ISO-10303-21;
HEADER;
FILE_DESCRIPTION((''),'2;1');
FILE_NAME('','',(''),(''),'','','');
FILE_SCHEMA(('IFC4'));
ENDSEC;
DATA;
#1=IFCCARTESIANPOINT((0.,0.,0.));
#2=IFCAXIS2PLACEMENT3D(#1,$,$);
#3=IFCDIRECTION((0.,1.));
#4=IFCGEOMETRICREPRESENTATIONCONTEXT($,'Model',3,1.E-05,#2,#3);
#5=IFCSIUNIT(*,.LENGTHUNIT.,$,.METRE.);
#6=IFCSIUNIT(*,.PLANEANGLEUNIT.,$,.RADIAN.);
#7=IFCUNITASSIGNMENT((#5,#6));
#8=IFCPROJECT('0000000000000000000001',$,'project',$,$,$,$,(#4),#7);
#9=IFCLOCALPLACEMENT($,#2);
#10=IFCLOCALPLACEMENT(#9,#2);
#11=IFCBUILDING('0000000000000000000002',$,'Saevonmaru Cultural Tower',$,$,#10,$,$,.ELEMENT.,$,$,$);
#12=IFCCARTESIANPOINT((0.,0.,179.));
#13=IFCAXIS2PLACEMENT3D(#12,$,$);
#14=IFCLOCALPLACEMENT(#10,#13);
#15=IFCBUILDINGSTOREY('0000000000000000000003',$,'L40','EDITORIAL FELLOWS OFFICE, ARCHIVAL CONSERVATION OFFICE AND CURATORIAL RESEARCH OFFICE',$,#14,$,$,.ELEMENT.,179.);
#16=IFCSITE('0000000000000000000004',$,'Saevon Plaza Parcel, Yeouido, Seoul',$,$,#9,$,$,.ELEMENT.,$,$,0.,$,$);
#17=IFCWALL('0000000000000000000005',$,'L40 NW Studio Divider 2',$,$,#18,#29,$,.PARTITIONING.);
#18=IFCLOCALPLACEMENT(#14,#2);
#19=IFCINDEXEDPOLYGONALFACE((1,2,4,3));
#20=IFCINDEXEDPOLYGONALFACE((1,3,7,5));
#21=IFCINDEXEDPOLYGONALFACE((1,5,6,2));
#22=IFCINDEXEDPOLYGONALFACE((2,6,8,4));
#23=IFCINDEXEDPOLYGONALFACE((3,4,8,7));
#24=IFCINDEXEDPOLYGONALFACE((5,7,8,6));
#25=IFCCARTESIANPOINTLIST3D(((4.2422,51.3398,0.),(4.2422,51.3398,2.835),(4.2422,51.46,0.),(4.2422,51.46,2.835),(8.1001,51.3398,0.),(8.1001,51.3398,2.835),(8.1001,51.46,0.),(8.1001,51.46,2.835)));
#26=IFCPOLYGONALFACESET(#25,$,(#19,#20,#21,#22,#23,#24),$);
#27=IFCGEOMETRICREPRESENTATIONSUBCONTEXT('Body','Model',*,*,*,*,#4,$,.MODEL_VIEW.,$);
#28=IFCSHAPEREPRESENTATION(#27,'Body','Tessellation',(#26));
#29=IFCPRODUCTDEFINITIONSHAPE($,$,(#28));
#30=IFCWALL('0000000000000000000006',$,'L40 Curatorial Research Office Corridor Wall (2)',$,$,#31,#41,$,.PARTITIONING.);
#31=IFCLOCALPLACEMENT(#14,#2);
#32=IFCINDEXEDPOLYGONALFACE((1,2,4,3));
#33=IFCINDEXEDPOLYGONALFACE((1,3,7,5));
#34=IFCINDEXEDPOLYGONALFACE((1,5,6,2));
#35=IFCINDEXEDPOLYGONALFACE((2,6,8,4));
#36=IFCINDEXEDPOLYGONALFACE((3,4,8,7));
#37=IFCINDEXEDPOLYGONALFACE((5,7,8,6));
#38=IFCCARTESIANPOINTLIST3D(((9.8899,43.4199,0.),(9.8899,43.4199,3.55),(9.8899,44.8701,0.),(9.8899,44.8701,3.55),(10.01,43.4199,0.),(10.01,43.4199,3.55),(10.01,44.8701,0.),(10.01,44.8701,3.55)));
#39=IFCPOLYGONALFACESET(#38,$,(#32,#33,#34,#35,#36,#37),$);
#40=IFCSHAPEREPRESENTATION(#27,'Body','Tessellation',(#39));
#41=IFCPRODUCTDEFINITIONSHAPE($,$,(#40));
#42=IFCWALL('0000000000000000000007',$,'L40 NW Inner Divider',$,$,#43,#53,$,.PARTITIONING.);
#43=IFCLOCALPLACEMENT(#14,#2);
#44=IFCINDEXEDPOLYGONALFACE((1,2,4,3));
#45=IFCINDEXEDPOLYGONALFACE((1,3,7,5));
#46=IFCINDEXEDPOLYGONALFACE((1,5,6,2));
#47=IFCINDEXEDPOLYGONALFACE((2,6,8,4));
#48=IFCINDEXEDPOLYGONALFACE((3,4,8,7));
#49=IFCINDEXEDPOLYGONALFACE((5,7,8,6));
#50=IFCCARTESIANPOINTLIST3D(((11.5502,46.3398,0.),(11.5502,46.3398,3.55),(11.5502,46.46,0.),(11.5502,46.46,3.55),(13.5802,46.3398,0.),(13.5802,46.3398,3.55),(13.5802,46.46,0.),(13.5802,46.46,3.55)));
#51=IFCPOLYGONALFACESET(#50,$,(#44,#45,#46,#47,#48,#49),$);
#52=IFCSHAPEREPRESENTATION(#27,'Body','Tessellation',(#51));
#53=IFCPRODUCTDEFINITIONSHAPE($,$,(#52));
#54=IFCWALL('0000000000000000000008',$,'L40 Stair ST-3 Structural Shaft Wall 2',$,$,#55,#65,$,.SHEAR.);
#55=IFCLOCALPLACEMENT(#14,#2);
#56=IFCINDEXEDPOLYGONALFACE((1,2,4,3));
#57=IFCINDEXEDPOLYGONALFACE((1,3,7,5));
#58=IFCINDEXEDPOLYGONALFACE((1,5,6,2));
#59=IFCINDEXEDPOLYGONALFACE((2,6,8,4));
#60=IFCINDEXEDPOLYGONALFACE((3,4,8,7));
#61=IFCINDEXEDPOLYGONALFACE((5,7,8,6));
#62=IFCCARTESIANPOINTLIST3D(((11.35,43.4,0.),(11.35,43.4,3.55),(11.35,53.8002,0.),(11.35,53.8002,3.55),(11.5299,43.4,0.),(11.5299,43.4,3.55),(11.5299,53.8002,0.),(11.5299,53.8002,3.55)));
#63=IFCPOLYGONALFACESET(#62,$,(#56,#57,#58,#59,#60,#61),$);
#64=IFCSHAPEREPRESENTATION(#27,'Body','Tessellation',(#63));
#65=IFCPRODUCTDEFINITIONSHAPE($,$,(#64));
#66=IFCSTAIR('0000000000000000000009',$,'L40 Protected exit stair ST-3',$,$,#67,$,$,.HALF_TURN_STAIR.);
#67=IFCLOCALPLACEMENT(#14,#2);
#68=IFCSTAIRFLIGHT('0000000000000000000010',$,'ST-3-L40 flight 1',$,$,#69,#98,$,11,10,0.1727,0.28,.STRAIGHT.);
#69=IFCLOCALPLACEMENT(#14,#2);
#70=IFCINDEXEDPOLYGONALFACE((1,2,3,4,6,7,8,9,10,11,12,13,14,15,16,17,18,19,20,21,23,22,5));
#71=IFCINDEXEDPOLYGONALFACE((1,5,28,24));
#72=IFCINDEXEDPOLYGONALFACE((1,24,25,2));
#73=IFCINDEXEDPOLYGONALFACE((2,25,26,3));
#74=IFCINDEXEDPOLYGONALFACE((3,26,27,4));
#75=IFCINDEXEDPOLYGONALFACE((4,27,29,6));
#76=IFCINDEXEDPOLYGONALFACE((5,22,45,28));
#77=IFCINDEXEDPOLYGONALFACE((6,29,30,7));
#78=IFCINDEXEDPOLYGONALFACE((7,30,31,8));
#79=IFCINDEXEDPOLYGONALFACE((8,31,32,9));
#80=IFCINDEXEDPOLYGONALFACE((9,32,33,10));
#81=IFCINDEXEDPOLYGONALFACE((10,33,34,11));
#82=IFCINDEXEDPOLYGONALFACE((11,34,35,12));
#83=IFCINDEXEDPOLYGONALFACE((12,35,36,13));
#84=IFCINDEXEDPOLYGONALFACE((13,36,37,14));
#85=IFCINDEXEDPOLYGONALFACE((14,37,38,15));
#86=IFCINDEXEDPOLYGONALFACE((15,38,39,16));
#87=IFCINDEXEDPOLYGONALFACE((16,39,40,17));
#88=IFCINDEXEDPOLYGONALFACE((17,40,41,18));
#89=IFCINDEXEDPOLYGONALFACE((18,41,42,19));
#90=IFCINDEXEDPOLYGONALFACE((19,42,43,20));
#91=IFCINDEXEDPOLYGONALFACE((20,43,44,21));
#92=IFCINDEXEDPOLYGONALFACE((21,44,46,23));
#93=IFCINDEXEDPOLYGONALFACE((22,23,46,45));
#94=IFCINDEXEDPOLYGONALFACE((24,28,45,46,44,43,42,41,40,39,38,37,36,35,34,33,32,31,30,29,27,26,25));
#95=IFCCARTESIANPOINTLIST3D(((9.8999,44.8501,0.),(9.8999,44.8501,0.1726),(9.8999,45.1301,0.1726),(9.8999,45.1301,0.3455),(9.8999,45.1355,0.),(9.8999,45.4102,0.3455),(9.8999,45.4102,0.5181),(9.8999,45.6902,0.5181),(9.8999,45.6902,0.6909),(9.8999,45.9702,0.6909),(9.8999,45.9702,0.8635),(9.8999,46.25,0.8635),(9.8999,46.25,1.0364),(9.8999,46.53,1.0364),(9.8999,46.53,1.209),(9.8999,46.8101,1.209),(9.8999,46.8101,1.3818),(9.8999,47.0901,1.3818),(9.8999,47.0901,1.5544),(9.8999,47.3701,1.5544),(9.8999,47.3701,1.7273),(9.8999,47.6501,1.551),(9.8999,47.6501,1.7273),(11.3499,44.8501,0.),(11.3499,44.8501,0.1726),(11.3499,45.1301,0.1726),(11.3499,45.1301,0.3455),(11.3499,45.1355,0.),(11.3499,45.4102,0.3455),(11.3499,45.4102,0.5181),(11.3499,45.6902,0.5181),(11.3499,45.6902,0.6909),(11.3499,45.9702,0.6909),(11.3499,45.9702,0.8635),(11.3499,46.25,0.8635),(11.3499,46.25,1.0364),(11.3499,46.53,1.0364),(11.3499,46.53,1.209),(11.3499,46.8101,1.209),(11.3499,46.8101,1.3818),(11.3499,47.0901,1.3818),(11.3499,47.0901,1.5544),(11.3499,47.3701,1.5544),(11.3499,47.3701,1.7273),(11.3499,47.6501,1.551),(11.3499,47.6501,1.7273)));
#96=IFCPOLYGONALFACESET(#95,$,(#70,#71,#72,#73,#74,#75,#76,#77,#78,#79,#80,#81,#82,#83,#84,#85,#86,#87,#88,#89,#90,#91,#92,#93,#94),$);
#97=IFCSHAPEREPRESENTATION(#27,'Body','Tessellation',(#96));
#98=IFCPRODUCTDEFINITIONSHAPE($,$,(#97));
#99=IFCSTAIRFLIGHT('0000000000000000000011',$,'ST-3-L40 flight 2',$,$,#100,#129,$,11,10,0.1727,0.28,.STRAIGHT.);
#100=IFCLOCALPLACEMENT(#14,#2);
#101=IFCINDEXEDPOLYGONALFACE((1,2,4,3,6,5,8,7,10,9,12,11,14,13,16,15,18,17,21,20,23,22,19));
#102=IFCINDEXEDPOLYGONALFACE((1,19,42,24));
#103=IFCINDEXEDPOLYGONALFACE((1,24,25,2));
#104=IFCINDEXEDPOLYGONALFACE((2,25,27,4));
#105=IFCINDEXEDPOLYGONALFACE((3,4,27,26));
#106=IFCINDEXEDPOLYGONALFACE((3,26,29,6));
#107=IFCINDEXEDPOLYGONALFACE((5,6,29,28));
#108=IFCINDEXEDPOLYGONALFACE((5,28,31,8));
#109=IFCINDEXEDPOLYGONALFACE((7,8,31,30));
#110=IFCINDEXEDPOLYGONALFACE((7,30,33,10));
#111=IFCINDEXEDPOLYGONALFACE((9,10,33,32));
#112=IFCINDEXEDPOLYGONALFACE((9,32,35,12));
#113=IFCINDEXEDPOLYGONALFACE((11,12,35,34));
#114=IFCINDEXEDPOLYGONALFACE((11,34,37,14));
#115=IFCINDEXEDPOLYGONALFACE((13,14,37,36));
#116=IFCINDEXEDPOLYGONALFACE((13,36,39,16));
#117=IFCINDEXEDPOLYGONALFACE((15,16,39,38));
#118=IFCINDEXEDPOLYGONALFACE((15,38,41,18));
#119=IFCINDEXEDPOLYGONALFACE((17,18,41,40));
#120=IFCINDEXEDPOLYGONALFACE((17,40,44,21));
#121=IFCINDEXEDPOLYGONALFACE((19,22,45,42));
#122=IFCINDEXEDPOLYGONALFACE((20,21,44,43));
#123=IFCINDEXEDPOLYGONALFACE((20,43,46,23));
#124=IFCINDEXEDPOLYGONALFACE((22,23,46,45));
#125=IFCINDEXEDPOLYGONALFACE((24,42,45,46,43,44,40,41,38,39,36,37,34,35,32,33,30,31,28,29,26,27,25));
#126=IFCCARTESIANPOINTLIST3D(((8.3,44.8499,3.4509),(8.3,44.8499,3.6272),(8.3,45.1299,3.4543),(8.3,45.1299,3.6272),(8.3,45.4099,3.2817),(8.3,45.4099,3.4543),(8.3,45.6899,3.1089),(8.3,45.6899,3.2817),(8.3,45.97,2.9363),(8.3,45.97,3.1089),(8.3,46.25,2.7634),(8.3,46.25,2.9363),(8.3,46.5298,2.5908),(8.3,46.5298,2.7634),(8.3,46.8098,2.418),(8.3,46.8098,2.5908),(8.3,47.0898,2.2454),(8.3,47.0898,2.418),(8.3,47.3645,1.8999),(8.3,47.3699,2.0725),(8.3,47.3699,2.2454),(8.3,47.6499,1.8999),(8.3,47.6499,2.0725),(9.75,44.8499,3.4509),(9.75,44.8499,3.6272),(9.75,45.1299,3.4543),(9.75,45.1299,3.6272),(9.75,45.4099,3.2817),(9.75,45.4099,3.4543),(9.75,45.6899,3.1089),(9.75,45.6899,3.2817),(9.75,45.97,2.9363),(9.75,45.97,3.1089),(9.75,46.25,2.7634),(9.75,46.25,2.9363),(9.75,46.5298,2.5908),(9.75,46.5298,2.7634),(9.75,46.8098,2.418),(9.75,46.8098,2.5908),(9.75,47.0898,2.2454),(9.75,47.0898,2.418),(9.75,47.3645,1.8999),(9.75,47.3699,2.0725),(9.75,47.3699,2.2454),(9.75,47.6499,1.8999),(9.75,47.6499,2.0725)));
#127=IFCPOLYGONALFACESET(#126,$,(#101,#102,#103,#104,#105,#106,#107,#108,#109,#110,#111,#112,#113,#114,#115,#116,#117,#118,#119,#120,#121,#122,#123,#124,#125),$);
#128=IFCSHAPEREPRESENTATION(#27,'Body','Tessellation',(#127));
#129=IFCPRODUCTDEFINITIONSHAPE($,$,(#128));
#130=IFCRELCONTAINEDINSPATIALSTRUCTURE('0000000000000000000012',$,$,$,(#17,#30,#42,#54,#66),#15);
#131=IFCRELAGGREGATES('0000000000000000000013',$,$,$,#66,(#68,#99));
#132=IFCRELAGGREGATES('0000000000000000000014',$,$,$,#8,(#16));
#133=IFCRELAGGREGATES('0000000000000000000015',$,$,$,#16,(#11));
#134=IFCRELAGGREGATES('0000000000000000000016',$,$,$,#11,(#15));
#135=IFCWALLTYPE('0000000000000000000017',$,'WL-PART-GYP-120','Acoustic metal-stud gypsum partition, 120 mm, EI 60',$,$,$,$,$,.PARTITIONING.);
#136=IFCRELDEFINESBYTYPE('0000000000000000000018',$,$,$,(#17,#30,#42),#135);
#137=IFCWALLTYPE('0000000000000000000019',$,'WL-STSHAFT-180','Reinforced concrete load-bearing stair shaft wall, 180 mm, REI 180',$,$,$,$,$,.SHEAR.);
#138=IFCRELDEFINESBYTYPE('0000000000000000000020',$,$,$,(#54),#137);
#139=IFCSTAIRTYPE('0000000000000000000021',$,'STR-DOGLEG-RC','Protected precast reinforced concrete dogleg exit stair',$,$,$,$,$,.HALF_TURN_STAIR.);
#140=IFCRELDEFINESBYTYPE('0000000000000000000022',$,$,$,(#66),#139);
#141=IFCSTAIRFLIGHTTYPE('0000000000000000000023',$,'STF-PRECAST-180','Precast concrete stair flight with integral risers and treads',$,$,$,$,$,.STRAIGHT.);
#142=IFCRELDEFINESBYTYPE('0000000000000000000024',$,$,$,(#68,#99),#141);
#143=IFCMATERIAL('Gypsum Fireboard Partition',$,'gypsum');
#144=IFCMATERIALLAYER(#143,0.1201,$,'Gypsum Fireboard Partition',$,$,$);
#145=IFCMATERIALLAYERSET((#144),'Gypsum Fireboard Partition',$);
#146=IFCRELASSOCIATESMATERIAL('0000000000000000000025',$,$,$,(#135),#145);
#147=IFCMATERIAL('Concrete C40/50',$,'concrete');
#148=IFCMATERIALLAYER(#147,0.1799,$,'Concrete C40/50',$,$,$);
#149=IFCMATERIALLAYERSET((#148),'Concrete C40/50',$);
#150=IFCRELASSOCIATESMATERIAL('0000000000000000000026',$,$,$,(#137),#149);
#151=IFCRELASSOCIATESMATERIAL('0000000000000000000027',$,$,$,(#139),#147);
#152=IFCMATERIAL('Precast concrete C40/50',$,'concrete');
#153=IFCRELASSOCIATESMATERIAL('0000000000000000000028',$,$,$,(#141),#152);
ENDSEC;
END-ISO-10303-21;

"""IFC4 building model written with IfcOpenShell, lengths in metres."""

from ifc_helpers import new_model, si_unit, direction, frame, frame_2d, origin, place, context, subcontext, project, spatial, polyline, rectangle, outline, extrude, material, layer, layer_set, type_object, element, aggregate, save


model = new_model("IFC4")

# Units and contexts
model_context = context("Model", 3, precision=1e-05, world=origin(), true_north=direction((0.0, 1.0)))
body_context = subcontext(model_context, "Body", "Model", "MODEL_VIEW")
ifc_project = project(units=[si_unit("LENGTHUNIT", "METRE"), si_unit("PLANEANGLEUNIT", "RADIAN")], contexts=[model_context])

# Site, building, storey
site_placement = place(None, origin())
site = spatial("IfcSite", under=ifc_project, at=site_placement, Name="Saevon Plaza Parcel, Yeouido, Seoul", CompositionType="ELEMENT", RefElevation=0.0)
building_placement = place(site_placement, origin())
building = spatial("IfcBuilding", under=site, at=building_placement, Name="Saevonmaru Cultural Tower", CompositionType="ELEMENT")
storey_placement = place(building_placement, frame((0.0, 0.0, 179.0)))
storey = spatial("IfcBuildingStorey", under=building, at=storey_placement, Name="L40", Description="EDITORIAL FELLOWS OFFICE, ARCHIVAL CONSERVATION OFFICE AND CURATORIAL RESEARCH OFFICE", CompositionType="ELEMENT", Elevation=179.0)

# Walls
ifc_material_1 = material(Name="Gypsum Fireboard Partition", Category="gypsum")
ifc_layer_1 = layer(ifc_material_1, 0.1201, Name="Gypsum Fireboard Partition")
ifc_layer_set_1 = layer_set([ifc_layer_1], Name="Gypsum Fireboard Partition")
wall_type_1 = type_object("IfcWallType", Name="WL-PART-GYP-120", Description="Acoustic metal-stud gypsum partition, 120 mm, EI 60", PredefinedType="PARTITIONING", material=ifc_layer_set_1)
wall_1_placement = place(storey_placement, frame((4.2422, 51.3999, 0.0), z_axis=(0.0, 0.0, 1.0), x_axis=(1.0, 0.0, 0.0)))
element("IfcWall", 1, at=wall_1_placement, inside=storey, type_object=wall_type_1, Name="L40 NW Studio Divider 2", PredefinedType="PARTITIONING", context=body_context, shape_type="SweptSolid", body=[
    extrude(rectangle(XDim=3.8579, YDim=0.1201, at=frame_2d((1.929, 0.0))), origin(), (0.0, 0.0, 1.0), 2.835),
])
wall_2_placement = place(storey_placement, frame((9.95, 43.4199, 0.0), z_axis=(0.0, 0.0, 1.0), x_axis=(0.0, 1.0, 0.0)))
element("IfcWall", 2, at=wall_2_placement, inside=storey, type_object=wall_type_1, Name="L40 Curatorial Research Office Corridor Wall (2)", PredefinedType="PARTITIONING", context=body_context, shape_type="SweptSolid", body=[
    extrude(rectangle(XDim=1.4502, YDim=0.1201, at=frame_2d((0.7251, 0.0))), origin(), (0.0, 0.0, 1.0), 3.55),
])
wall_3_placement = place(storey_placement, frame((11.55, 46.3999, 0.0), z_axis=(0.0, 0.0, 1.0), x_axis=(1.0, 0.0, 0.0)))
element("IfcWall", 3, at=wall_3_placement, inside=storey, type_object=wall_type_1, Name="L40 NW Inner Divider", PredefinedType="PARTITIONING", context=body_context, shape_type="SweptSolid", body=[
    extrude(rectangle(XDim=2.03, YDim=0.1201, at=frame_2d((1.0151, 0.0))), origin(), (0.0, 0.0, 1.0), 3.55),
])

# Shared definitions
ifc_material_2 = material(Name="Concrete C40/50", Category="concrete")
ifc_layer_2 = layer(ifc_material_2, 0.1799, Name="Concrete C40/50")
ifc_layer_set_2 = layer_set([ifc_layer_2], Name="Concrete C40/50")
wall_type_2 = type_object("IfcWallType", Name="WL-STSHAFT-180", Description="Reinforced concrete load-bearing stair shaft wall, 180 mm, REI 180", PredefinedType="SHEAR", material=ifc_layer_set_2)

# Wall
wall_4_placement = place(storey_placement, frame((11.4399, 43.3999, 0.0), z_axis=(0.0, 0.0, 1.0), x_axis=(0.0, 1.0, 0.0)))
element("IfcWall", 4, at=wall_4_placement, inside=storey, type_object=wall_type_2, Name="L40 Stair ST-3 Structural Shaft Wall 2", PredefinedType="SHEAR", context=body_context, shape_type="SweptSolid", body=[
    extrude(rectangle(XDim=10.4001, YDim=0.1799, at=frame_2d((5.2002, 0.0))), origin(), (0.0, 0.0, 1.0), 3.55),
])

# Stair, stair flights
stair_type = type_object("IfcStairType", Name="STR-DOGLEG-RC", Description="Protected precast reinforced concrete dogleg exit stair", PredefinedType="HALF_TURN_STAIR", material=ifc_material_2)
stair_placement = place(storey_placement, origin())
stair = element("IfcStair", 5, at=stair_placement, inside=storey, type_object=stair_type, Name="L40 Protected exit stair ST-3", PredefinedType="HALF_TURN_STAIR")
ifc_material_3 = material(Name="Precast concrete C40/50", Category="concrete")
stair_flight_type = type_object("IfcStairFlightType", Name="STF-PRECAST-180", Description="Precast concrete stair flight with integral risers and treads", PredefinedType="STRAIGHT", material=ifc_material_3)
stair_flight_1_placement = place(storey_placement, frame((10.625, 44.8501, 0.0), z_axis=(0.0, 0.0, 1.0), x_axis=(0.0, 1.0, 0.0)))
stair_flight_1 = element("IfcStairFlight", 6, at=stair_flight_1_placement, type_object=stair_flight_type, Name="ST-3-L40 flight 1", NumberOfRisers=11, NumberOfTreads=10, PredefinedType="STRAIGHT", RiserHeight=0.1727, TreadLength=0.28, context=body_context, shape_type="SweptSolid", body=[
    extrude(outline(polyline([(0.0, 0.0), (0.0, 0.1726), (0.28, 0.1726), (0.28, 0.3455), (0.5601, 0.3455), (0.5601, 0.5181), (0.8401, 0.5181), (0.8401, 0.6909), (1.1201, 0.6909), (1.1201, 0.8635), (1.3999, 0.8635), (1.3999, 1.0364), (1.6799, 1.0364), (1.6799, 1.209), (1.96, 1.209), (1.96, 1.3818), (2.24, 1.3818), (2.24, 1.5544), (2.52, 1.5544), (2.52, 1.7273), (2.8, 1.7273), (2.8, 1.8999), (2.8, 1.551), (0.2854, 0.0), (0.0, 0.0)])), frame((0.0, 0.7251, 0.0), z_axis=(0.0, -1.0, 0.0), x_axis=(1.0, 0.0, 0.0)), (0.0, 0.0, 1.0), 1.45),
])
stair_flight_2_placement = place(storey_placement, frame((9.0249, 47.6499, 1.8999), z_axis=(0.0, 0.0, 1.0), x_axis=(0.0, -1.0, 0.0)))
stair_flight_2 = element("IfcStairFlight", 7, at=stair_flight_2_placement, type_object=stair_flight_type, Name="ST-3-L40 flight 2", NumberOfRisers=11, NumberOfTreads=10, PredefinedType="STRAIGHT", RiserHeight=0.1727, TreadLength=0.28, context=body_context, shape_type="SweptSolid", body=[
    extrude(outline(polyline([(0.0, 0.0), (0.0, 0.1726), (0.28, 0.1726), (0.28, 0.3455), (0.5601, 0.3455), (0.5601, 0.5181), (0.8401, 0.5181), (0.8401, 0.6909), (1.1201, 0.6909), (1.1201, 0.8635), (1.3999, 0.8635), (1.3999, 1.0364), (1.6799, 1.0364), (1.6799, 1.209), (1.96, 1.209), (1.96, 1.3818), (2.24, 1.3818), (2.24, 1.5544), (2.52, 1.5544), (2.52, 1.7273), (2.8, 1.7273), (2.8, 1.8999), (2.8, 1.551), (0.2854, 0.0), (0.0, 0.0)])), frame((0.0, 0.7251, 0.0), z_axis=(0.0, -1.0, 0.0), x_axis=(1.0, 0.0, 0.0)), (0.0, 0.0, 1.0), 1.45),
])
aggregate(stair, [stair_flight_1, stair_flight_2])

save(model, "model.ifc")
